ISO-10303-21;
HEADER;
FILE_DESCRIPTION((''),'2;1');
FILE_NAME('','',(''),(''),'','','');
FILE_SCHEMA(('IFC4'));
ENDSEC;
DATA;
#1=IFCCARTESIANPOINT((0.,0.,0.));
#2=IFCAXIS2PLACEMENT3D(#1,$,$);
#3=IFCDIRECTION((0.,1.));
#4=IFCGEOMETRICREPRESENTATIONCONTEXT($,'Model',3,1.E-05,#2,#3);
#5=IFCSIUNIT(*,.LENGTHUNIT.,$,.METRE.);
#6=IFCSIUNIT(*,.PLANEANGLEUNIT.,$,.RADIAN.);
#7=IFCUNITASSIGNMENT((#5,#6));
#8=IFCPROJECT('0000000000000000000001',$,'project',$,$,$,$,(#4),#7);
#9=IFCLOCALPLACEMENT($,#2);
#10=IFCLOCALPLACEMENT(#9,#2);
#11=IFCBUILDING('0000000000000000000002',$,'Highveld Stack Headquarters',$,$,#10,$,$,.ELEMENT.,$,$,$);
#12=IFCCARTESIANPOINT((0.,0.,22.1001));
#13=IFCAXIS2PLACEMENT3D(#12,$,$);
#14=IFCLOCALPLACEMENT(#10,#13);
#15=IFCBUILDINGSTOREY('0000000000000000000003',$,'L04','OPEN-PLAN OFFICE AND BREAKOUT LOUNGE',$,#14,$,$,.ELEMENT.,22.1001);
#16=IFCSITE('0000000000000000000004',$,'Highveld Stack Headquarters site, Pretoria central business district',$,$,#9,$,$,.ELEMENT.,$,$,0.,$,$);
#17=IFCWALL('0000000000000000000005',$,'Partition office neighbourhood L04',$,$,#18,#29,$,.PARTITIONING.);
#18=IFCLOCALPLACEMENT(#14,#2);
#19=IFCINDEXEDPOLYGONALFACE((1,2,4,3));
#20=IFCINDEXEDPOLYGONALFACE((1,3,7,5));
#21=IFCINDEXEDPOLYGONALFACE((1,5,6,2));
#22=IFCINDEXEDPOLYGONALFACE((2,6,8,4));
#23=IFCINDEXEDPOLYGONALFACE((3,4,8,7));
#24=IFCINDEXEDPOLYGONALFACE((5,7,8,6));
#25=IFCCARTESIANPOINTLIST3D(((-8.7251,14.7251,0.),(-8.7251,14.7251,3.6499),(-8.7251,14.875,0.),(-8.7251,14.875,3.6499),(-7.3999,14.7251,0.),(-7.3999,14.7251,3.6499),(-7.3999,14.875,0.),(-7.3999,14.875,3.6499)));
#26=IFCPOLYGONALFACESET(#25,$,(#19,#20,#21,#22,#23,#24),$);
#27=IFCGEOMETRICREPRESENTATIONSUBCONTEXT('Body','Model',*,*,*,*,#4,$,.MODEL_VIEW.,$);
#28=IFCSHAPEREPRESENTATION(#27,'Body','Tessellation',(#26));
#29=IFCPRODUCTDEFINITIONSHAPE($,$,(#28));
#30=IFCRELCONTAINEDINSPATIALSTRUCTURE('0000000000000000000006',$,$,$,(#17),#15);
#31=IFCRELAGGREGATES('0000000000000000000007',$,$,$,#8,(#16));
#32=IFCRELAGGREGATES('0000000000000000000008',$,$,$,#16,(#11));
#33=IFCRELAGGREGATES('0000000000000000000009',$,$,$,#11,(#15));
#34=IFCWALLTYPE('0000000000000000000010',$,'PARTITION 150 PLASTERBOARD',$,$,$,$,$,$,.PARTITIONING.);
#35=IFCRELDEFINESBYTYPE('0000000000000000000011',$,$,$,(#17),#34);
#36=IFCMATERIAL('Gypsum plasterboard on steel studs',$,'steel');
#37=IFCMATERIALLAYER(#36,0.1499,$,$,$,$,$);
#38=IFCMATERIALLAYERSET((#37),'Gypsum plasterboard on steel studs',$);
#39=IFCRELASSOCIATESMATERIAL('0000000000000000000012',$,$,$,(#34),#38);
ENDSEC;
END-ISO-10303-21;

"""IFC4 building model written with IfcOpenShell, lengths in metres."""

from ifc_helpers import new_model, si_unit, direction, frame, frame_2d, origin, place, context, subcontext, project, spatial, rectangle, extrude, material, layer, layer_set, type_object, element, save


model = new_model("IFC4")

# Units and contexts
model_context = context("Model", 3, precision=1e-05, world=origin(), true_north=direction((0.0, 1.0)))
body_context = subcontext(model_context, "Body", "Model", "MODEL_VIEW")
ifc_project = project(units=[si_unit("LENGTHUNIT", "METRE"), si_unit("PLANEANGLEUNIT", "RADIAN")], contexts=[model_context])

# Site, building, storey
site_placement = place(None, origin())
site = spatial("IfcSite", under=ifc_project, at=site_placement, Name="Highveld Stack Headquarters site, Pretoria central business district", CompositionType="ELEMENT", RefElevation=0.0)
building_placement = place(site_placement, origin())
building = spatial("IfcBuilding", under=site, at=building_placement, Name="Highveld Stack Headquarters", CompositionType="ELEMENT")
storey_placement = place(building_placement, frame((0.0, 0.0, 22.1001)))
storey = spatial("IfcBuildingStorey", under=building, at=storey_placement, Name="L04", Description="OPEN-PLAN OFFICE AND BREAKOUT LOUNGE", CompositionType="ELEMENT", Elevation=22.1001)

# Shared definitions
ifc_material_1 = material(Name="Gypsum plasterboard on steel studs", Category="steel")
ifc_layer = layer(ifc_material_1, 0.1499)
ifc_layer_set = layer_set([ifc_layer], Name="Gypsum plasterboard on steel studs")
wall_type = type_object("IfcWallType", Name="PARTITION 150 PLASTERBOARD", PredefinedType="PARTITIONING", material=ifc_layer_set)

# Wall
wall_1_placement = place(storey_placement, frame((-8.7251, 14.8, 0.0), z_axis=(0.0, 0.0, 1.0), x_axis=(1.0, 0.0, 0.0)))
element("IfcWall", 1, at=wall_1_placement, inside=storey, type_object=wall_type, Name="Partition office neighbourhood L04", PredefinedType="PARTITIONING", context=body_context, shape_type="SweptSolid", body=[
    extrude(rectangle(XDim=1.3252, YDim=0.1499, at=frame_2d((0.6626, 0.0))), origin(), (0.0, 0.0, 1.0), 3.6499),
])

save(model, "model.ifc")
